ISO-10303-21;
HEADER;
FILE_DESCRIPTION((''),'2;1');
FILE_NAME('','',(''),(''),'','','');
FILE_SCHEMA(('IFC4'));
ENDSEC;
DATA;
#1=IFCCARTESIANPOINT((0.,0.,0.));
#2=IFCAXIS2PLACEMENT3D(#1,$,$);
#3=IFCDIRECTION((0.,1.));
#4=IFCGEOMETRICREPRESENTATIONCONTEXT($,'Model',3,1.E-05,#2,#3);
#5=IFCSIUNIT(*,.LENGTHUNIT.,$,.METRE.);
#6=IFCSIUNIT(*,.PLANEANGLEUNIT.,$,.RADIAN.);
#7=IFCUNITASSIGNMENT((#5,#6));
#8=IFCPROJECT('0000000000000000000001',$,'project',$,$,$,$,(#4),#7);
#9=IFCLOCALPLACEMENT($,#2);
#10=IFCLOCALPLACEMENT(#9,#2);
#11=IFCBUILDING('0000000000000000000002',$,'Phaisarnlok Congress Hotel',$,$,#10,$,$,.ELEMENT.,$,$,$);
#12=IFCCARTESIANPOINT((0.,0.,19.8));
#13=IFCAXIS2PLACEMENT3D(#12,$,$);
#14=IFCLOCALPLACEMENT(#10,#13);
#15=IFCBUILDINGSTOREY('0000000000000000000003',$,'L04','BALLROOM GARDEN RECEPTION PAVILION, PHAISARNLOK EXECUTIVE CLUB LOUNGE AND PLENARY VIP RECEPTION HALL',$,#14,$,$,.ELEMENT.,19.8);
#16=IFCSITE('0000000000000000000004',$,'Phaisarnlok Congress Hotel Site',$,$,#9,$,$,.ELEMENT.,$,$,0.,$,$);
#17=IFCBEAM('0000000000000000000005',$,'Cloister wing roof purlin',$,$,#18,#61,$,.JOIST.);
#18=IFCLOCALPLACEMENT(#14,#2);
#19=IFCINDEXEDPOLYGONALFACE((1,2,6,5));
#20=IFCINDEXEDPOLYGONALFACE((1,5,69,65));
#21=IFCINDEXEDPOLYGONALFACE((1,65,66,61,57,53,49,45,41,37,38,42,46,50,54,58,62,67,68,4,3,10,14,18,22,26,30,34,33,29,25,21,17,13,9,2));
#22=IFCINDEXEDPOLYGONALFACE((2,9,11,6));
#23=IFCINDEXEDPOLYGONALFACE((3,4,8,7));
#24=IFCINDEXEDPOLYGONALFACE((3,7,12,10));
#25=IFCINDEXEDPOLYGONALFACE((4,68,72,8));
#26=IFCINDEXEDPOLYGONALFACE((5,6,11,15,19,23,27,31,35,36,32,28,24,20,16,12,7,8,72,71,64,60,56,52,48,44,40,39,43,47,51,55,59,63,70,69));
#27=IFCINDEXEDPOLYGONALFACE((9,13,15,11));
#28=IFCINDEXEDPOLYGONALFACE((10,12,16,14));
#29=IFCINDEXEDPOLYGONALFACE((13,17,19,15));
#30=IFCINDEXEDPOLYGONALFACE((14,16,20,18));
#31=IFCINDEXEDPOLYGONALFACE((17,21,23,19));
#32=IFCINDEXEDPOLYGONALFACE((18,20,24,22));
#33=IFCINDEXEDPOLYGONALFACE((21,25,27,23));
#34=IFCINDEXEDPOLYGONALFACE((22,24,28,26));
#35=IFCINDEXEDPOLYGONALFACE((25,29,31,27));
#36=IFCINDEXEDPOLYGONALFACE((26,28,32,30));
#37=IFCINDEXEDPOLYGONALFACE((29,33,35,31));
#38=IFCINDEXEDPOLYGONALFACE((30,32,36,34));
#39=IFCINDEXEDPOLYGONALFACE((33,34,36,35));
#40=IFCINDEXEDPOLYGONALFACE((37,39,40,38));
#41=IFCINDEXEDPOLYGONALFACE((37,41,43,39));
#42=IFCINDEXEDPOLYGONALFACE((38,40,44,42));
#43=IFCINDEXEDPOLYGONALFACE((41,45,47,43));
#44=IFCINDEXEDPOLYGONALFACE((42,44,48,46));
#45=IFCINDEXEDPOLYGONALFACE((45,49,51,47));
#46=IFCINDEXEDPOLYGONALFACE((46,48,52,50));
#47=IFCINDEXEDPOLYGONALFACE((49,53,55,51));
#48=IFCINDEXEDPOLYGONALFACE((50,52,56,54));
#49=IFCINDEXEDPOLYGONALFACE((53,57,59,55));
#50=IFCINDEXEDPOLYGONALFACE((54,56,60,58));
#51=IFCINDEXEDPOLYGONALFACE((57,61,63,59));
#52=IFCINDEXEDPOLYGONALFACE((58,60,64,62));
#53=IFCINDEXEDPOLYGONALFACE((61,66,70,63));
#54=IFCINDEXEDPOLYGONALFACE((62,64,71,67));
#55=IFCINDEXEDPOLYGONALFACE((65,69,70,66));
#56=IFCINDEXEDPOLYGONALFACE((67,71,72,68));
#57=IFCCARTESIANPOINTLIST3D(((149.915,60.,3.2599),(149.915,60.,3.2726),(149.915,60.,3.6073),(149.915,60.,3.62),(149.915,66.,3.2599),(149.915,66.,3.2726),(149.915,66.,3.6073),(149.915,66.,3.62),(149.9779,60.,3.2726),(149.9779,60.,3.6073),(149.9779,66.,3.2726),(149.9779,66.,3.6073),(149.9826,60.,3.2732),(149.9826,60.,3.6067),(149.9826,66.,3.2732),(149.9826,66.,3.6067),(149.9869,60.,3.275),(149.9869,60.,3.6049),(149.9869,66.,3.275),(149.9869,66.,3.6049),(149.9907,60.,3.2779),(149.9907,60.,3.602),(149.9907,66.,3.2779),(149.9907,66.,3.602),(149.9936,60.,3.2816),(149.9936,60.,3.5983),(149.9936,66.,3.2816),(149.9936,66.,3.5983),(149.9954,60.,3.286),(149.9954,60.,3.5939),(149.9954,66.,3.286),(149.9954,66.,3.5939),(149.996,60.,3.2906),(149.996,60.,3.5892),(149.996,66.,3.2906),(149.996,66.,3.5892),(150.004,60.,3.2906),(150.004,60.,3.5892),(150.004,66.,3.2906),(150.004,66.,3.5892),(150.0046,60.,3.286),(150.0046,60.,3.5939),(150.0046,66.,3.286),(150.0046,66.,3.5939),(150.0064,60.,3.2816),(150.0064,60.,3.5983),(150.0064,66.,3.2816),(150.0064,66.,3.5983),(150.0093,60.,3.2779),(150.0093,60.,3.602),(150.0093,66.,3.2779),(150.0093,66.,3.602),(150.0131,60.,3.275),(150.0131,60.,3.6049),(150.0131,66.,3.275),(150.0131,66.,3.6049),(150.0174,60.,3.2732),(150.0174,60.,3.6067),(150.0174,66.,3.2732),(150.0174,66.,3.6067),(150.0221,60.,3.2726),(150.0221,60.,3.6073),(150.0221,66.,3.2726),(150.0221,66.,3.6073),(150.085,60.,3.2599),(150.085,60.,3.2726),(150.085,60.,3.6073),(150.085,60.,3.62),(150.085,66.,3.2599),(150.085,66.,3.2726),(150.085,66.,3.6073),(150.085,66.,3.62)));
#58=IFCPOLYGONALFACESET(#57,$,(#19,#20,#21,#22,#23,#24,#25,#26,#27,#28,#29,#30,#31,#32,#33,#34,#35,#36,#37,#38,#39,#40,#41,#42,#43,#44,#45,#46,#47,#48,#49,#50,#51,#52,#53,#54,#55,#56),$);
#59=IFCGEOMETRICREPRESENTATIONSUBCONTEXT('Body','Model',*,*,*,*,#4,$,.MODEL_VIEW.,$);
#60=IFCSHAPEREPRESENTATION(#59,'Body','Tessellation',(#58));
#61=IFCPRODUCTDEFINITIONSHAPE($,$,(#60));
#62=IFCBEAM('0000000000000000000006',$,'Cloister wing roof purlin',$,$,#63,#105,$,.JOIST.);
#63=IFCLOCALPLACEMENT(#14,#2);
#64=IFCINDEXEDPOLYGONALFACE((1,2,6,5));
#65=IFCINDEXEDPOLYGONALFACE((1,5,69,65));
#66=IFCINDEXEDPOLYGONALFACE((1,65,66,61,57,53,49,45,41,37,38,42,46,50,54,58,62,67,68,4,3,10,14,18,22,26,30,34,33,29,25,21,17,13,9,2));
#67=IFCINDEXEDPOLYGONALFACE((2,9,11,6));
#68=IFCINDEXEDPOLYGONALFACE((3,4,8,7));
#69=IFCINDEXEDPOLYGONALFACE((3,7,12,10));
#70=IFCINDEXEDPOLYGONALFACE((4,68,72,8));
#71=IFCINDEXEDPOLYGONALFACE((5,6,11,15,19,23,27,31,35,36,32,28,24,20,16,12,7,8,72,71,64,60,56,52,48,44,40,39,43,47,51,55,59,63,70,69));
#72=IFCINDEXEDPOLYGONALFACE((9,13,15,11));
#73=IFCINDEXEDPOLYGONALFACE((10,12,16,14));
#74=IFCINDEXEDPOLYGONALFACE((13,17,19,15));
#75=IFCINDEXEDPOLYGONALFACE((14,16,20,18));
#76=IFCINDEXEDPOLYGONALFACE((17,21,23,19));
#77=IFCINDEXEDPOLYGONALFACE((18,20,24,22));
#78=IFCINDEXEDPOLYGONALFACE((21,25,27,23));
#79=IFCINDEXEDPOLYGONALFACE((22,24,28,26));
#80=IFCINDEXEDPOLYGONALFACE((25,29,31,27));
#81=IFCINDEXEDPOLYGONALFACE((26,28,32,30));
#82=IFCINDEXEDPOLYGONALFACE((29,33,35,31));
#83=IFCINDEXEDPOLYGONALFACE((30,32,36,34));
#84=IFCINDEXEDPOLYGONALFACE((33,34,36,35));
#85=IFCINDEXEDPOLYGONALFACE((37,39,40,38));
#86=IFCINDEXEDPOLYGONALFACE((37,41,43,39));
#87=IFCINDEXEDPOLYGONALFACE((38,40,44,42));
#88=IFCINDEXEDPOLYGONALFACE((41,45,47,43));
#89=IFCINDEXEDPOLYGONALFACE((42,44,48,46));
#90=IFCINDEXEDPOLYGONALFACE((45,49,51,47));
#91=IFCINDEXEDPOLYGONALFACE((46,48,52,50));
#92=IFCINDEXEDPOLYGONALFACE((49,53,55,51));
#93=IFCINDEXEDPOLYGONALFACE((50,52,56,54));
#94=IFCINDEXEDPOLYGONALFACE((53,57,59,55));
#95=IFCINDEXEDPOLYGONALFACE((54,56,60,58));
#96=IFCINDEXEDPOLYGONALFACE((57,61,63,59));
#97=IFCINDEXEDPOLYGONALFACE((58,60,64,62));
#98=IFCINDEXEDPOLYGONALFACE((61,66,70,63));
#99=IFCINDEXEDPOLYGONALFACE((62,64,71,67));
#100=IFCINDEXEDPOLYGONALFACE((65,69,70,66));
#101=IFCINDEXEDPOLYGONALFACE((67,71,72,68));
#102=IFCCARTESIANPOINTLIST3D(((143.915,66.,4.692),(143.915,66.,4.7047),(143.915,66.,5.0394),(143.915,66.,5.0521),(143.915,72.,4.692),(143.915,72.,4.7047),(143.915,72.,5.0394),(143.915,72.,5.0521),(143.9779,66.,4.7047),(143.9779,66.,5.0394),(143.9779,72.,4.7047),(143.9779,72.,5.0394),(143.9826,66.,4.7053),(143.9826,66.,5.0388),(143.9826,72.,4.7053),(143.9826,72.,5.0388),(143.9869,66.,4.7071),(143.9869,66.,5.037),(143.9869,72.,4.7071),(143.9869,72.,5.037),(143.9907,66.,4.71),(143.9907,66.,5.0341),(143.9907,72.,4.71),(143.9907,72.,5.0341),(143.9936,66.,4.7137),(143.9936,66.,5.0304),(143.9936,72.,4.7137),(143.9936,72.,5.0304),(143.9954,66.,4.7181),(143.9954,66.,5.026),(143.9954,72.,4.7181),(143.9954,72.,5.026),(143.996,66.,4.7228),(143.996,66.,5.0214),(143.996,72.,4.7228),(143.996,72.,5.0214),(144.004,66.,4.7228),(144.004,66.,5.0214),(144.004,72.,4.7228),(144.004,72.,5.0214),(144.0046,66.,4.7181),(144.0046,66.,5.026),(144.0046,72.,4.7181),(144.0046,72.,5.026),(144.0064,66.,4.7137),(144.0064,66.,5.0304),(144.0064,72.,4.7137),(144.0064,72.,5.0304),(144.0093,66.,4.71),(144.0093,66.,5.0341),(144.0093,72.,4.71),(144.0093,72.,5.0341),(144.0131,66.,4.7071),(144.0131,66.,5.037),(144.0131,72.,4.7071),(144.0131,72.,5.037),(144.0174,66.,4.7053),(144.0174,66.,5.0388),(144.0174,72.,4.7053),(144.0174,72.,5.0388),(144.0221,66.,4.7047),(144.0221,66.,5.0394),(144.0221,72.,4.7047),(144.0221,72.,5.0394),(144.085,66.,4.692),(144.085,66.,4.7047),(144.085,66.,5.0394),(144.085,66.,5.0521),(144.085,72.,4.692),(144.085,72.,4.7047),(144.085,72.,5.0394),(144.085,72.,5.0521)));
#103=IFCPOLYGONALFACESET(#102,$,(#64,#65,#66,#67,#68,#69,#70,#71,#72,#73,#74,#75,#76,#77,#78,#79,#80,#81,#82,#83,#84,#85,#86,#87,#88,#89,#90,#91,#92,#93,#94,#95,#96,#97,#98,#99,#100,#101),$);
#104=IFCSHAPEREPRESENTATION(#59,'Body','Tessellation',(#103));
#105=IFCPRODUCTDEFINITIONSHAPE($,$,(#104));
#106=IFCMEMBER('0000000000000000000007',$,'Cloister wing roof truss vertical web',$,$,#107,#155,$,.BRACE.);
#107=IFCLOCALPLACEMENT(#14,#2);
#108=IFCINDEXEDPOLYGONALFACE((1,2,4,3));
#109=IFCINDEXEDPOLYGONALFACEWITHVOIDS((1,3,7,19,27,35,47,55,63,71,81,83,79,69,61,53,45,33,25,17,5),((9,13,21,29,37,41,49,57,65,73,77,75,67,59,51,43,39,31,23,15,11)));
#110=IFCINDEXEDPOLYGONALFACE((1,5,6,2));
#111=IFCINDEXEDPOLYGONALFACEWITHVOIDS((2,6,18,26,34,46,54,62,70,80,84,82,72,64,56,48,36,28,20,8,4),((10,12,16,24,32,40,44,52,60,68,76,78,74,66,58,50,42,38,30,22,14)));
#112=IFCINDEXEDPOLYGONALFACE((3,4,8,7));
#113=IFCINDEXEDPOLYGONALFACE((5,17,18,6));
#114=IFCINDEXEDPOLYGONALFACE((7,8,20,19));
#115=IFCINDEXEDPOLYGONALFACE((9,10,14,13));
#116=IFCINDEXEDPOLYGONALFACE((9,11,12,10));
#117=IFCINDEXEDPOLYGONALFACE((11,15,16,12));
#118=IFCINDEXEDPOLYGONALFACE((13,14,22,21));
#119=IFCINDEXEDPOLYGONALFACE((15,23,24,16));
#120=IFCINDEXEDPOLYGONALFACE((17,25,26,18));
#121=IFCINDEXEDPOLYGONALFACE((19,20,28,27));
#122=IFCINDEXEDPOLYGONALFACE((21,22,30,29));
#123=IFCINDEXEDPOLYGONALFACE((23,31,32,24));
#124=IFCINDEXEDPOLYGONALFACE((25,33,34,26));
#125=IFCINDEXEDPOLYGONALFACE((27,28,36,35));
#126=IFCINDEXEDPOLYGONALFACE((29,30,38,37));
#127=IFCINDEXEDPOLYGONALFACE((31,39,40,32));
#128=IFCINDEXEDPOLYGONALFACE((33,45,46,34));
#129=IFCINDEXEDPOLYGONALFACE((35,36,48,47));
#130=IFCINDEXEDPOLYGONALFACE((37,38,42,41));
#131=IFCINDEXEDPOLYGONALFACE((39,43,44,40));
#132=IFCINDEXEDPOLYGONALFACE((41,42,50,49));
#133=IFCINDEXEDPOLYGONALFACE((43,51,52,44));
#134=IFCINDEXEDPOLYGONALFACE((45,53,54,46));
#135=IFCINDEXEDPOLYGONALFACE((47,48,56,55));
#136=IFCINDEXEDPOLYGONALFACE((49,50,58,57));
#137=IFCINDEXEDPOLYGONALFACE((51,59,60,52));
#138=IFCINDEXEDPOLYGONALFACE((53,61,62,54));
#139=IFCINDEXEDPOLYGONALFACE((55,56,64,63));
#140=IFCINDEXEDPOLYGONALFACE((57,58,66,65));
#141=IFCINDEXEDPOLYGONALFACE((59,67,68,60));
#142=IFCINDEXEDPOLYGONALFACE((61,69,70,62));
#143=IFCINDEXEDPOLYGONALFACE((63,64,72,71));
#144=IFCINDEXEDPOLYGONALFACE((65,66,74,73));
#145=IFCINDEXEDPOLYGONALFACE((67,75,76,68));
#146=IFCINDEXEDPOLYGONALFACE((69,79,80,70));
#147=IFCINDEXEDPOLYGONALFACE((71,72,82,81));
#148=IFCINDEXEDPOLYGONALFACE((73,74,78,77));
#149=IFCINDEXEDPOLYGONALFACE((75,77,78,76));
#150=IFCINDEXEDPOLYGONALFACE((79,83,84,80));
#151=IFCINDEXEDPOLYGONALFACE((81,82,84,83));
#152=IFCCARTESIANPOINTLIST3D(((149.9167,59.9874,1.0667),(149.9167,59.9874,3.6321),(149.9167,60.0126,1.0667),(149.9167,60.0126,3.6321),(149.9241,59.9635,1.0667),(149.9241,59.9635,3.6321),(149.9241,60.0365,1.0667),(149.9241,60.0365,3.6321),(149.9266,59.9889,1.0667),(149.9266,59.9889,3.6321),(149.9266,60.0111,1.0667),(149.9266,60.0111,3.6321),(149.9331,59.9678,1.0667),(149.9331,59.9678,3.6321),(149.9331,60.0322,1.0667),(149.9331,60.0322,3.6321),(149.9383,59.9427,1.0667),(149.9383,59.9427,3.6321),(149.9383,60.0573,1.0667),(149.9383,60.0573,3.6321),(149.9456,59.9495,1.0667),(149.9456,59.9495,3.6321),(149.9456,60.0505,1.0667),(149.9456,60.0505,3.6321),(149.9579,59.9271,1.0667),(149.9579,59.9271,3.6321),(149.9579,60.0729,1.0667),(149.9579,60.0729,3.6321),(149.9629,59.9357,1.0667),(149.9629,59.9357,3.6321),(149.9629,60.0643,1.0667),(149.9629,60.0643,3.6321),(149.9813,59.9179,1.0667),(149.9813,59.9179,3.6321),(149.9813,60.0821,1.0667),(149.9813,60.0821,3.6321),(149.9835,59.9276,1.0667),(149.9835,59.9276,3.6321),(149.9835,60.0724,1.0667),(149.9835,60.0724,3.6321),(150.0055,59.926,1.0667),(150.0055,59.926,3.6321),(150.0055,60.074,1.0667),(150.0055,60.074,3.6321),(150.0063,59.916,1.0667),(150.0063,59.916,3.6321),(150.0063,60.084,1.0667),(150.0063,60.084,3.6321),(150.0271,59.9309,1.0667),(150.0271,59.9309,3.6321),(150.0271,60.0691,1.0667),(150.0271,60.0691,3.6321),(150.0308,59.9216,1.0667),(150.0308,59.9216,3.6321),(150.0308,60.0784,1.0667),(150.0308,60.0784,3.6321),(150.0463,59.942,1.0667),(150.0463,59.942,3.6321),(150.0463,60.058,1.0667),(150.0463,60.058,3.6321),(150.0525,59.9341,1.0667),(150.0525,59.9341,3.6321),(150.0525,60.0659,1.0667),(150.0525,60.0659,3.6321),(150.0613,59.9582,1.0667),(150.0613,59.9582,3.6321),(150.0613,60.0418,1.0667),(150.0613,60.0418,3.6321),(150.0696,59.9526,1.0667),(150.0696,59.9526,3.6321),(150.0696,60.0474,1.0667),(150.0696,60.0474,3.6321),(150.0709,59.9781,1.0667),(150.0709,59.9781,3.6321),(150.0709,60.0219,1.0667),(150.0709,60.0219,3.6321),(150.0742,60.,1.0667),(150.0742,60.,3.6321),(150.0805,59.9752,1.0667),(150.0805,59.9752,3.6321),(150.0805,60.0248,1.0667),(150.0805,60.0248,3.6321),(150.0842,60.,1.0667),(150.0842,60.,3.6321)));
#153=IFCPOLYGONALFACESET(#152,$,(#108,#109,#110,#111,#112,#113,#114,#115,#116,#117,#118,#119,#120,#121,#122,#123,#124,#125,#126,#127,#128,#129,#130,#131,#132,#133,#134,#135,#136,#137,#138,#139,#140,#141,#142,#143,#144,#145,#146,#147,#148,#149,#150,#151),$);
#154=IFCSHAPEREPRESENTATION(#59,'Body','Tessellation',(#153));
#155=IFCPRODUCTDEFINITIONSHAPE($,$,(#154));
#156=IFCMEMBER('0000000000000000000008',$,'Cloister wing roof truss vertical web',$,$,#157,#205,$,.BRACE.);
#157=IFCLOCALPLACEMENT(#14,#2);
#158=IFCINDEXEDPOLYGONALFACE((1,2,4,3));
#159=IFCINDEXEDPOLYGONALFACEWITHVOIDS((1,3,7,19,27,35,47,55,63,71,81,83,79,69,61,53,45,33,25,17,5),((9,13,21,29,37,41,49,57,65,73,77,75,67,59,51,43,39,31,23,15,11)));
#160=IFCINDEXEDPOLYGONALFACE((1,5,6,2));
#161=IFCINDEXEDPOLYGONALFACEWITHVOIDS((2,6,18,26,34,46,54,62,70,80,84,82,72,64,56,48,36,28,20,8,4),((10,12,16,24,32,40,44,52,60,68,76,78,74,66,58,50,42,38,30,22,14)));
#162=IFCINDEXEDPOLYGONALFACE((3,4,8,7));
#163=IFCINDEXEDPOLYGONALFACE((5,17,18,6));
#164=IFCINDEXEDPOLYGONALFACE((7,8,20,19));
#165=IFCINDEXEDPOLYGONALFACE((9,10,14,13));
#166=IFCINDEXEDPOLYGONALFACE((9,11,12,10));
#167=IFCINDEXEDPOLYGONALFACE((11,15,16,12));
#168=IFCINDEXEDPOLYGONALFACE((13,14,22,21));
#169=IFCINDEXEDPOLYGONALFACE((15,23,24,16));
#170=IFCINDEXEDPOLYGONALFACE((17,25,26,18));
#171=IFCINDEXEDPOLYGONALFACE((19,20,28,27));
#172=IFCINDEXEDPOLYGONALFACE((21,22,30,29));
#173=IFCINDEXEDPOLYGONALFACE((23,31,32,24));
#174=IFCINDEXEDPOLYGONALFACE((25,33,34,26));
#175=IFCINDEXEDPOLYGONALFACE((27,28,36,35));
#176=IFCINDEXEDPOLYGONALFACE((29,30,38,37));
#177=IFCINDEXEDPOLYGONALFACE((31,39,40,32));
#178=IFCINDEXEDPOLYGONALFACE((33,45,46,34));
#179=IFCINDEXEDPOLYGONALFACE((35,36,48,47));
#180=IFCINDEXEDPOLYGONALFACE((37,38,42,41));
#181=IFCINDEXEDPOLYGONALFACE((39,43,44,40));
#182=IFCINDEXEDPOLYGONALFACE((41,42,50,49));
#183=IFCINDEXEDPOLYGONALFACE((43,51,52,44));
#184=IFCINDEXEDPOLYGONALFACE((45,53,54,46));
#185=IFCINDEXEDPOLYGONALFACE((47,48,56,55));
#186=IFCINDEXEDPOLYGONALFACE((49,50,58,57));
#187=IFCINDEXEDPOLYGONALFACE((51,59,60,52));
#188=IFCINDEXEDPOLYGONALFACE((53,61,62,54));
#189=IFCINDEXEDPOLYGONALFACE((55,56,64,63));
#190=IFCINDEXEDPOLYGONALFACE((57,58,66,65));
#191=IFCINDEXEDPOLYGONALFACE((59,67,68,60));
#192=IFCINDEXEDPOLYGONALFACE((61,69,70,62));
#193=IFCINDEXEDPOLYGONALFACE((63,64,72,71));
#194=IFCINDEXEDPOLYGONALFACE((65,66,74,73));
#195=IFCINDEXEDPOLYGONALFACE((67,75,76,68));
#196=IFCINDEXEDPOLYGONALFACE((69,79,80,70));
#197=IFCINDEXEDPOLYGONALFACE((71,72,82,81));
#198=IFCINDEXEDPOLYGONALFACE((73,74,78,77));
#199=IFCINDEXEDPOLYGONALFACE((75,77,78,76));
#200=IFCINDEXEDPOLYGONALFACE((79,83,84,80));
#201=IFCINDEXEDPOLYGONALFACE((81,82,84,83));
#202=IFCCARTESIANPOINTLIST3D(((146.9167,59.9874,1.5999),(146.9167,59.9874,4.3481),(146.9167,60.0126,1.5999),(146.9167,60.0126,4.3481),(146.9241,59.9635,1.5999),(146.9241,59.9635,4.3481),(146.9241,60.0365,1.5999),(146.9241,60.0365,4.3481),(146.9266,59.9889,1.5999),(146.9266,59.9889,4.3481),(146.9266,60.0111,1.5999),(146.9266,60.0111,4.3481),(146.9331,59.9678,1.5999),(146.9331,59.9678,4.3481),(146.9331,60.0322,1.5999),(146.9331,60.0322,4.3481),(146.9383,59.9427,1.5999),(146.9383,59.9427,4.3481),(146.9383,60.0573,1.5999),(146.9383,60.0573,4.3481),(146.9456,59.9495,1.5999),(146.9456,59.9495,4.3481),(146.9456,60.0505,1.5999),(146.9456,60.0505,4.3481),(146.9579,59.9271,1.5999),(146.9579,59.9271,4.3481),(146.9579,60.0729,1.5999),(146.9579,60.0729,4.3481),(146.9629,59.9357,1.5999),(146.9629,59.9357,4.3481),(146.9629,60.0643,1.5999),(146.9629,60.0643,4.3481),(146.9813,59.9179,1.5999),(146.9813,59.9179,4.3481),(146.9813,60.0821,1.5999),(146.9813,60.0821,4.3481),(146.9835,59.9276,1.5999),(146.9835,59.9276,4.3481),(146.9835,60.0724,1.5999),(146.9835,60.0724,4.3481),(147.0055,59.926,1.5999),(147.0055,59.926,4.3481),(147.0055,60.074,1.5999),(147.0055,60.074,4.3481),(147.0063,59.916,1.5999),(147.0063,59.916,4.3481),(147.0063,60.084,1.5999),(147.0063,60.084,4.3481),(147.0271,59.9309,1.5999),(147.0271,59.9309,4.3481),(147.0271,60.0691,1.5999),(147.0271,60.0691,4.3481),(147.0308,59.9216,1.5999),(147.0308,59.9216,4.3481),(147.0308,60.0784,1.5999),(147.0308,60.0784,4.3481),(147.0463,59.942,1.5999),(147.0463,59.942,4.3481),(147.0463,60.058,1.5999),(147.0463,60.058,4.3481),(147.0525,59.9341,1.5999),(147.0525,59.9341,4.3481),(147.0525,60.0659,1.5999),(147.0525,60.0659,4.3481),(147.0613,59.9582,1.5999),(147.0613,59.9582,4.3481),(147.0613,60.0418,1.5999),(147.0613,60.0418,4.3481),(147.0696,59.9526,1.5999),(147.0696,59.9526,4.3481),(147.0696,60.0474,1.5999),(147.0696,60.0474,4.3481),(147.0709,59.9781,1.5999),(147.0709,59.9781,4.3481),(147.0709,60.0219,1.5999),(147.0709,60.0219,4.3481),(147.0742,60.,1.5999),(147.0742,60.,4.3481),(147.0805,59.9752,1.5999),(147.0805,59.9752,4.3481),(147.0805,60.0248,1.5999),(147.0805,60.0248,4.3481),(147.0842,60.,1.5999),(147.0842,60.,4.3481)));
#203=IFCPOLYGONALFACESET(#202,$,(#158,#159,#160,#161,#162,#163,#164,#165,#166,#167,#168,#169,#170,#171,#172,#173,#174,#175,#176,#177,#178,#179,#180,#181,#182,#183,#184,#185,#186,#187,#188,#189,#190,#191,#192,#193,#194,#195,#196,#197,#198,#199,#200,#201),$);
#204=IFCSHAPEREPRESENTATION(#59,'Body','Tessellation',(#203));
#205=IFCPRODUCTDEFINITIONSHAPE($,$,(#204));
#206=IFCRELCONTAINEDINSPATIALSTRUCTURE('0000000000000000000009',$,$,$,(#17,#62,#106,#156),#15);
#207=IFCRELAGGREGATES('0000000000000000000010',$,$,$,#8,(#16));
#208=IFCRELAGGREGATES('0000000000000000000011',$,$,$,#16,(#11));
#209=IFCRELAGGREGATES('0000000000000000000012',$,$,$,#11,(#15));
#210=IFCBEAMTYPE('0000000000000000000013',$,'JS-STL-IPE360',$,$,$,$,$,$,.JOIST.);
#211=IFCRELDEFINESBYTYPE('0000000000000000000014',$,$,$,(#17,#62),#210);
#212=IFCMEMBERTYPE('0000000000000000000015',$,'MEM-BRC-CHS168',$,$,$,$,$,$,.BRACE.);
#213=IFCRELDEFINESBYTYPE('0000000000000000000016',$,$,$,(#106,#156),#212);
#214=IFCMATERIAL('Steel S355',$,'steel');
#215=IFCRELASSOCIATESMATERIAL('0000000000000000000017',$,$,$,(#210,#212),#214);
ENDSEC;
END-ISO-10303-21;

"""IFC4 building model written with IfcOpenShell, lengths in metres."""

from ifc_helpers import new_model, si_unit, direction, frame, origin, origin_2d, place, context, subcontext, project, spatial, hollow_circle, i_section, extrude, material, material_profile, profile_set, type_object, element, save


model = new_model("IFC4")

# Units and contexts
model_context = context("Model", 3, precision=1e-05, world=origin(), true_north=direction((0.0, 1.0)))
body_context = subcontext(model_context, "Body", "Model", "MODEL_VIEW")
ifc_project = project(units=[si_unit("LENGTHUNIT", "METRE"), si_unit("PLANEANGLEUNIT", "RADIAN")], contexts=[model_context])

# Site, building, storey
site_placement = place(None, origin())
site = spatial("IfcSite", under=ifc_project, at=site_placement, Name="Phaisarnlok Congress Hotel Site", CompositionType="ELEMENT", RefElevation=0.0)
building_placement = place(site_placement, origin())
building = spatial("IfcBuilding", under=site, at=building_placement, Name="Phaisarnlok Congress Hotel", CompositionType="ELEMENT")
storey_placement = place(building_placement, frame((0.0, 0.0, 19.8)))
storey = spatial("IfcBuildingStorey", under=building, at=storey_placement, Name="L04", Description="BALLROOM GARDEN RECEPTION PAVILION, PHAISARNLOK EXECUTIVE CLUB LOUNGE AND PLENARY VIP RECEPTION HALL", CompositionType="ELEMENT", Elevation=19.8)

# Beams
ifc_material = material(Name="Steel S355", Category="steel")
ifc_material_profile_1 = material_profile(ifc_material, i_section(OverallWidth=0.1699, OverallDepth=0.3601, WebThickness=0.0081, FlangeThickness=0.0127, FilletRadius=0.0181, at=origin_2d()), Name="IPE 360")
ifc_profile_set_1 = profile_set([ifc_material_profile_1], Name="Steel S355")
beam_type = type_object("IfcBeamType", Name="JS-STL-IPE360", PredefinedType="JOIST", material=ifc_profile_set_1)
for number, where, z_axis, x_axis, name in (
    (1, (150.0, 60.0, 3.4399), (0.0, 1.0, 0.0), (-1.0, 0.0, 0.0), "Cloister wing roof purlin"),
    (2, (144.0, 66.0, 4.8721), (0.0, 1.0, 0.0), (-1.0, 0.0, 0.0), "Cloister wing roof purlin"),
):
    element("IfcBeam", number, at=place(storey_placement, frame(where, z_axis=z_axis, x_axis=x_axis)), inside=storey, type_object=beam_type, Name=name, PredefinedType="JOIST", context=body_context, shape_type="SweptSolid", body=[
        extrude(i_section(OverallWidth=0.1699, OverallDepth=0.3601, WebThickness=0.0081, FlangeThickness=0.0127, FilletRadius=0.0181, at=origin_2d()), origin(), (0.0, 0.0, 1.0), 6.0),
    ])

# Members
ifc_material_profile_2 = material_profile(ifc_material, hollow_circle(Radius=0.0842, WallThickness=0.01, at=origin_2d()), Name="CHS 168.3x10")
ifc_profile_set_2 = profile_set([ifc_material_profile_2], Name="Steel S355")
member_type_1 = type_object("IfcMemberType", Name="MEM-BRC-CHS168", PredefinedType="BRACE", material=ifc_profile_set_2)
member_1_placement = place(storey_placement, frame((150.0, 60.0, 1.0667), z_axis=(0.0, 0.0, 1.0), x_axis=(1.0, 0.0, 0.0)))
element("IfcMember", 3, at=member_1_placement, inside=storey, type_object=member_type_1, Name="Cloister wing roof truss vertical web", PredefinedType="BRACE", context=body_context, shape_type="SweptSolid", body=[
    extrude(hollow_circle(Radius=0.0842, WallThickness=0.01, at=origin_2d()), origin(), (0.0, 0.0, 1.0), 2.5654),
])
member_2_placement = place(storey_placement, frame((147.0, 60.0, 1.5999), z_axis=(0.0, 0.0, 1.0), x_axis=(1.0, 0.0, 0.0)))
element("IfcMember", 4, at=member_2_placement, inside=storey, type_object=member_type_1, Name="Cloister wing roof truss vertical web", PredefinedType="BRACE", context=body_context, shape_type="SweptSolid", body=[
    extrude(hollow_circle(Radius=0.0842, WallThickness=0.01, at=origin_2d()), origin(), (0.0, 0.0, 1.0), 2.7483),
])

save(model, "model.ifc")
